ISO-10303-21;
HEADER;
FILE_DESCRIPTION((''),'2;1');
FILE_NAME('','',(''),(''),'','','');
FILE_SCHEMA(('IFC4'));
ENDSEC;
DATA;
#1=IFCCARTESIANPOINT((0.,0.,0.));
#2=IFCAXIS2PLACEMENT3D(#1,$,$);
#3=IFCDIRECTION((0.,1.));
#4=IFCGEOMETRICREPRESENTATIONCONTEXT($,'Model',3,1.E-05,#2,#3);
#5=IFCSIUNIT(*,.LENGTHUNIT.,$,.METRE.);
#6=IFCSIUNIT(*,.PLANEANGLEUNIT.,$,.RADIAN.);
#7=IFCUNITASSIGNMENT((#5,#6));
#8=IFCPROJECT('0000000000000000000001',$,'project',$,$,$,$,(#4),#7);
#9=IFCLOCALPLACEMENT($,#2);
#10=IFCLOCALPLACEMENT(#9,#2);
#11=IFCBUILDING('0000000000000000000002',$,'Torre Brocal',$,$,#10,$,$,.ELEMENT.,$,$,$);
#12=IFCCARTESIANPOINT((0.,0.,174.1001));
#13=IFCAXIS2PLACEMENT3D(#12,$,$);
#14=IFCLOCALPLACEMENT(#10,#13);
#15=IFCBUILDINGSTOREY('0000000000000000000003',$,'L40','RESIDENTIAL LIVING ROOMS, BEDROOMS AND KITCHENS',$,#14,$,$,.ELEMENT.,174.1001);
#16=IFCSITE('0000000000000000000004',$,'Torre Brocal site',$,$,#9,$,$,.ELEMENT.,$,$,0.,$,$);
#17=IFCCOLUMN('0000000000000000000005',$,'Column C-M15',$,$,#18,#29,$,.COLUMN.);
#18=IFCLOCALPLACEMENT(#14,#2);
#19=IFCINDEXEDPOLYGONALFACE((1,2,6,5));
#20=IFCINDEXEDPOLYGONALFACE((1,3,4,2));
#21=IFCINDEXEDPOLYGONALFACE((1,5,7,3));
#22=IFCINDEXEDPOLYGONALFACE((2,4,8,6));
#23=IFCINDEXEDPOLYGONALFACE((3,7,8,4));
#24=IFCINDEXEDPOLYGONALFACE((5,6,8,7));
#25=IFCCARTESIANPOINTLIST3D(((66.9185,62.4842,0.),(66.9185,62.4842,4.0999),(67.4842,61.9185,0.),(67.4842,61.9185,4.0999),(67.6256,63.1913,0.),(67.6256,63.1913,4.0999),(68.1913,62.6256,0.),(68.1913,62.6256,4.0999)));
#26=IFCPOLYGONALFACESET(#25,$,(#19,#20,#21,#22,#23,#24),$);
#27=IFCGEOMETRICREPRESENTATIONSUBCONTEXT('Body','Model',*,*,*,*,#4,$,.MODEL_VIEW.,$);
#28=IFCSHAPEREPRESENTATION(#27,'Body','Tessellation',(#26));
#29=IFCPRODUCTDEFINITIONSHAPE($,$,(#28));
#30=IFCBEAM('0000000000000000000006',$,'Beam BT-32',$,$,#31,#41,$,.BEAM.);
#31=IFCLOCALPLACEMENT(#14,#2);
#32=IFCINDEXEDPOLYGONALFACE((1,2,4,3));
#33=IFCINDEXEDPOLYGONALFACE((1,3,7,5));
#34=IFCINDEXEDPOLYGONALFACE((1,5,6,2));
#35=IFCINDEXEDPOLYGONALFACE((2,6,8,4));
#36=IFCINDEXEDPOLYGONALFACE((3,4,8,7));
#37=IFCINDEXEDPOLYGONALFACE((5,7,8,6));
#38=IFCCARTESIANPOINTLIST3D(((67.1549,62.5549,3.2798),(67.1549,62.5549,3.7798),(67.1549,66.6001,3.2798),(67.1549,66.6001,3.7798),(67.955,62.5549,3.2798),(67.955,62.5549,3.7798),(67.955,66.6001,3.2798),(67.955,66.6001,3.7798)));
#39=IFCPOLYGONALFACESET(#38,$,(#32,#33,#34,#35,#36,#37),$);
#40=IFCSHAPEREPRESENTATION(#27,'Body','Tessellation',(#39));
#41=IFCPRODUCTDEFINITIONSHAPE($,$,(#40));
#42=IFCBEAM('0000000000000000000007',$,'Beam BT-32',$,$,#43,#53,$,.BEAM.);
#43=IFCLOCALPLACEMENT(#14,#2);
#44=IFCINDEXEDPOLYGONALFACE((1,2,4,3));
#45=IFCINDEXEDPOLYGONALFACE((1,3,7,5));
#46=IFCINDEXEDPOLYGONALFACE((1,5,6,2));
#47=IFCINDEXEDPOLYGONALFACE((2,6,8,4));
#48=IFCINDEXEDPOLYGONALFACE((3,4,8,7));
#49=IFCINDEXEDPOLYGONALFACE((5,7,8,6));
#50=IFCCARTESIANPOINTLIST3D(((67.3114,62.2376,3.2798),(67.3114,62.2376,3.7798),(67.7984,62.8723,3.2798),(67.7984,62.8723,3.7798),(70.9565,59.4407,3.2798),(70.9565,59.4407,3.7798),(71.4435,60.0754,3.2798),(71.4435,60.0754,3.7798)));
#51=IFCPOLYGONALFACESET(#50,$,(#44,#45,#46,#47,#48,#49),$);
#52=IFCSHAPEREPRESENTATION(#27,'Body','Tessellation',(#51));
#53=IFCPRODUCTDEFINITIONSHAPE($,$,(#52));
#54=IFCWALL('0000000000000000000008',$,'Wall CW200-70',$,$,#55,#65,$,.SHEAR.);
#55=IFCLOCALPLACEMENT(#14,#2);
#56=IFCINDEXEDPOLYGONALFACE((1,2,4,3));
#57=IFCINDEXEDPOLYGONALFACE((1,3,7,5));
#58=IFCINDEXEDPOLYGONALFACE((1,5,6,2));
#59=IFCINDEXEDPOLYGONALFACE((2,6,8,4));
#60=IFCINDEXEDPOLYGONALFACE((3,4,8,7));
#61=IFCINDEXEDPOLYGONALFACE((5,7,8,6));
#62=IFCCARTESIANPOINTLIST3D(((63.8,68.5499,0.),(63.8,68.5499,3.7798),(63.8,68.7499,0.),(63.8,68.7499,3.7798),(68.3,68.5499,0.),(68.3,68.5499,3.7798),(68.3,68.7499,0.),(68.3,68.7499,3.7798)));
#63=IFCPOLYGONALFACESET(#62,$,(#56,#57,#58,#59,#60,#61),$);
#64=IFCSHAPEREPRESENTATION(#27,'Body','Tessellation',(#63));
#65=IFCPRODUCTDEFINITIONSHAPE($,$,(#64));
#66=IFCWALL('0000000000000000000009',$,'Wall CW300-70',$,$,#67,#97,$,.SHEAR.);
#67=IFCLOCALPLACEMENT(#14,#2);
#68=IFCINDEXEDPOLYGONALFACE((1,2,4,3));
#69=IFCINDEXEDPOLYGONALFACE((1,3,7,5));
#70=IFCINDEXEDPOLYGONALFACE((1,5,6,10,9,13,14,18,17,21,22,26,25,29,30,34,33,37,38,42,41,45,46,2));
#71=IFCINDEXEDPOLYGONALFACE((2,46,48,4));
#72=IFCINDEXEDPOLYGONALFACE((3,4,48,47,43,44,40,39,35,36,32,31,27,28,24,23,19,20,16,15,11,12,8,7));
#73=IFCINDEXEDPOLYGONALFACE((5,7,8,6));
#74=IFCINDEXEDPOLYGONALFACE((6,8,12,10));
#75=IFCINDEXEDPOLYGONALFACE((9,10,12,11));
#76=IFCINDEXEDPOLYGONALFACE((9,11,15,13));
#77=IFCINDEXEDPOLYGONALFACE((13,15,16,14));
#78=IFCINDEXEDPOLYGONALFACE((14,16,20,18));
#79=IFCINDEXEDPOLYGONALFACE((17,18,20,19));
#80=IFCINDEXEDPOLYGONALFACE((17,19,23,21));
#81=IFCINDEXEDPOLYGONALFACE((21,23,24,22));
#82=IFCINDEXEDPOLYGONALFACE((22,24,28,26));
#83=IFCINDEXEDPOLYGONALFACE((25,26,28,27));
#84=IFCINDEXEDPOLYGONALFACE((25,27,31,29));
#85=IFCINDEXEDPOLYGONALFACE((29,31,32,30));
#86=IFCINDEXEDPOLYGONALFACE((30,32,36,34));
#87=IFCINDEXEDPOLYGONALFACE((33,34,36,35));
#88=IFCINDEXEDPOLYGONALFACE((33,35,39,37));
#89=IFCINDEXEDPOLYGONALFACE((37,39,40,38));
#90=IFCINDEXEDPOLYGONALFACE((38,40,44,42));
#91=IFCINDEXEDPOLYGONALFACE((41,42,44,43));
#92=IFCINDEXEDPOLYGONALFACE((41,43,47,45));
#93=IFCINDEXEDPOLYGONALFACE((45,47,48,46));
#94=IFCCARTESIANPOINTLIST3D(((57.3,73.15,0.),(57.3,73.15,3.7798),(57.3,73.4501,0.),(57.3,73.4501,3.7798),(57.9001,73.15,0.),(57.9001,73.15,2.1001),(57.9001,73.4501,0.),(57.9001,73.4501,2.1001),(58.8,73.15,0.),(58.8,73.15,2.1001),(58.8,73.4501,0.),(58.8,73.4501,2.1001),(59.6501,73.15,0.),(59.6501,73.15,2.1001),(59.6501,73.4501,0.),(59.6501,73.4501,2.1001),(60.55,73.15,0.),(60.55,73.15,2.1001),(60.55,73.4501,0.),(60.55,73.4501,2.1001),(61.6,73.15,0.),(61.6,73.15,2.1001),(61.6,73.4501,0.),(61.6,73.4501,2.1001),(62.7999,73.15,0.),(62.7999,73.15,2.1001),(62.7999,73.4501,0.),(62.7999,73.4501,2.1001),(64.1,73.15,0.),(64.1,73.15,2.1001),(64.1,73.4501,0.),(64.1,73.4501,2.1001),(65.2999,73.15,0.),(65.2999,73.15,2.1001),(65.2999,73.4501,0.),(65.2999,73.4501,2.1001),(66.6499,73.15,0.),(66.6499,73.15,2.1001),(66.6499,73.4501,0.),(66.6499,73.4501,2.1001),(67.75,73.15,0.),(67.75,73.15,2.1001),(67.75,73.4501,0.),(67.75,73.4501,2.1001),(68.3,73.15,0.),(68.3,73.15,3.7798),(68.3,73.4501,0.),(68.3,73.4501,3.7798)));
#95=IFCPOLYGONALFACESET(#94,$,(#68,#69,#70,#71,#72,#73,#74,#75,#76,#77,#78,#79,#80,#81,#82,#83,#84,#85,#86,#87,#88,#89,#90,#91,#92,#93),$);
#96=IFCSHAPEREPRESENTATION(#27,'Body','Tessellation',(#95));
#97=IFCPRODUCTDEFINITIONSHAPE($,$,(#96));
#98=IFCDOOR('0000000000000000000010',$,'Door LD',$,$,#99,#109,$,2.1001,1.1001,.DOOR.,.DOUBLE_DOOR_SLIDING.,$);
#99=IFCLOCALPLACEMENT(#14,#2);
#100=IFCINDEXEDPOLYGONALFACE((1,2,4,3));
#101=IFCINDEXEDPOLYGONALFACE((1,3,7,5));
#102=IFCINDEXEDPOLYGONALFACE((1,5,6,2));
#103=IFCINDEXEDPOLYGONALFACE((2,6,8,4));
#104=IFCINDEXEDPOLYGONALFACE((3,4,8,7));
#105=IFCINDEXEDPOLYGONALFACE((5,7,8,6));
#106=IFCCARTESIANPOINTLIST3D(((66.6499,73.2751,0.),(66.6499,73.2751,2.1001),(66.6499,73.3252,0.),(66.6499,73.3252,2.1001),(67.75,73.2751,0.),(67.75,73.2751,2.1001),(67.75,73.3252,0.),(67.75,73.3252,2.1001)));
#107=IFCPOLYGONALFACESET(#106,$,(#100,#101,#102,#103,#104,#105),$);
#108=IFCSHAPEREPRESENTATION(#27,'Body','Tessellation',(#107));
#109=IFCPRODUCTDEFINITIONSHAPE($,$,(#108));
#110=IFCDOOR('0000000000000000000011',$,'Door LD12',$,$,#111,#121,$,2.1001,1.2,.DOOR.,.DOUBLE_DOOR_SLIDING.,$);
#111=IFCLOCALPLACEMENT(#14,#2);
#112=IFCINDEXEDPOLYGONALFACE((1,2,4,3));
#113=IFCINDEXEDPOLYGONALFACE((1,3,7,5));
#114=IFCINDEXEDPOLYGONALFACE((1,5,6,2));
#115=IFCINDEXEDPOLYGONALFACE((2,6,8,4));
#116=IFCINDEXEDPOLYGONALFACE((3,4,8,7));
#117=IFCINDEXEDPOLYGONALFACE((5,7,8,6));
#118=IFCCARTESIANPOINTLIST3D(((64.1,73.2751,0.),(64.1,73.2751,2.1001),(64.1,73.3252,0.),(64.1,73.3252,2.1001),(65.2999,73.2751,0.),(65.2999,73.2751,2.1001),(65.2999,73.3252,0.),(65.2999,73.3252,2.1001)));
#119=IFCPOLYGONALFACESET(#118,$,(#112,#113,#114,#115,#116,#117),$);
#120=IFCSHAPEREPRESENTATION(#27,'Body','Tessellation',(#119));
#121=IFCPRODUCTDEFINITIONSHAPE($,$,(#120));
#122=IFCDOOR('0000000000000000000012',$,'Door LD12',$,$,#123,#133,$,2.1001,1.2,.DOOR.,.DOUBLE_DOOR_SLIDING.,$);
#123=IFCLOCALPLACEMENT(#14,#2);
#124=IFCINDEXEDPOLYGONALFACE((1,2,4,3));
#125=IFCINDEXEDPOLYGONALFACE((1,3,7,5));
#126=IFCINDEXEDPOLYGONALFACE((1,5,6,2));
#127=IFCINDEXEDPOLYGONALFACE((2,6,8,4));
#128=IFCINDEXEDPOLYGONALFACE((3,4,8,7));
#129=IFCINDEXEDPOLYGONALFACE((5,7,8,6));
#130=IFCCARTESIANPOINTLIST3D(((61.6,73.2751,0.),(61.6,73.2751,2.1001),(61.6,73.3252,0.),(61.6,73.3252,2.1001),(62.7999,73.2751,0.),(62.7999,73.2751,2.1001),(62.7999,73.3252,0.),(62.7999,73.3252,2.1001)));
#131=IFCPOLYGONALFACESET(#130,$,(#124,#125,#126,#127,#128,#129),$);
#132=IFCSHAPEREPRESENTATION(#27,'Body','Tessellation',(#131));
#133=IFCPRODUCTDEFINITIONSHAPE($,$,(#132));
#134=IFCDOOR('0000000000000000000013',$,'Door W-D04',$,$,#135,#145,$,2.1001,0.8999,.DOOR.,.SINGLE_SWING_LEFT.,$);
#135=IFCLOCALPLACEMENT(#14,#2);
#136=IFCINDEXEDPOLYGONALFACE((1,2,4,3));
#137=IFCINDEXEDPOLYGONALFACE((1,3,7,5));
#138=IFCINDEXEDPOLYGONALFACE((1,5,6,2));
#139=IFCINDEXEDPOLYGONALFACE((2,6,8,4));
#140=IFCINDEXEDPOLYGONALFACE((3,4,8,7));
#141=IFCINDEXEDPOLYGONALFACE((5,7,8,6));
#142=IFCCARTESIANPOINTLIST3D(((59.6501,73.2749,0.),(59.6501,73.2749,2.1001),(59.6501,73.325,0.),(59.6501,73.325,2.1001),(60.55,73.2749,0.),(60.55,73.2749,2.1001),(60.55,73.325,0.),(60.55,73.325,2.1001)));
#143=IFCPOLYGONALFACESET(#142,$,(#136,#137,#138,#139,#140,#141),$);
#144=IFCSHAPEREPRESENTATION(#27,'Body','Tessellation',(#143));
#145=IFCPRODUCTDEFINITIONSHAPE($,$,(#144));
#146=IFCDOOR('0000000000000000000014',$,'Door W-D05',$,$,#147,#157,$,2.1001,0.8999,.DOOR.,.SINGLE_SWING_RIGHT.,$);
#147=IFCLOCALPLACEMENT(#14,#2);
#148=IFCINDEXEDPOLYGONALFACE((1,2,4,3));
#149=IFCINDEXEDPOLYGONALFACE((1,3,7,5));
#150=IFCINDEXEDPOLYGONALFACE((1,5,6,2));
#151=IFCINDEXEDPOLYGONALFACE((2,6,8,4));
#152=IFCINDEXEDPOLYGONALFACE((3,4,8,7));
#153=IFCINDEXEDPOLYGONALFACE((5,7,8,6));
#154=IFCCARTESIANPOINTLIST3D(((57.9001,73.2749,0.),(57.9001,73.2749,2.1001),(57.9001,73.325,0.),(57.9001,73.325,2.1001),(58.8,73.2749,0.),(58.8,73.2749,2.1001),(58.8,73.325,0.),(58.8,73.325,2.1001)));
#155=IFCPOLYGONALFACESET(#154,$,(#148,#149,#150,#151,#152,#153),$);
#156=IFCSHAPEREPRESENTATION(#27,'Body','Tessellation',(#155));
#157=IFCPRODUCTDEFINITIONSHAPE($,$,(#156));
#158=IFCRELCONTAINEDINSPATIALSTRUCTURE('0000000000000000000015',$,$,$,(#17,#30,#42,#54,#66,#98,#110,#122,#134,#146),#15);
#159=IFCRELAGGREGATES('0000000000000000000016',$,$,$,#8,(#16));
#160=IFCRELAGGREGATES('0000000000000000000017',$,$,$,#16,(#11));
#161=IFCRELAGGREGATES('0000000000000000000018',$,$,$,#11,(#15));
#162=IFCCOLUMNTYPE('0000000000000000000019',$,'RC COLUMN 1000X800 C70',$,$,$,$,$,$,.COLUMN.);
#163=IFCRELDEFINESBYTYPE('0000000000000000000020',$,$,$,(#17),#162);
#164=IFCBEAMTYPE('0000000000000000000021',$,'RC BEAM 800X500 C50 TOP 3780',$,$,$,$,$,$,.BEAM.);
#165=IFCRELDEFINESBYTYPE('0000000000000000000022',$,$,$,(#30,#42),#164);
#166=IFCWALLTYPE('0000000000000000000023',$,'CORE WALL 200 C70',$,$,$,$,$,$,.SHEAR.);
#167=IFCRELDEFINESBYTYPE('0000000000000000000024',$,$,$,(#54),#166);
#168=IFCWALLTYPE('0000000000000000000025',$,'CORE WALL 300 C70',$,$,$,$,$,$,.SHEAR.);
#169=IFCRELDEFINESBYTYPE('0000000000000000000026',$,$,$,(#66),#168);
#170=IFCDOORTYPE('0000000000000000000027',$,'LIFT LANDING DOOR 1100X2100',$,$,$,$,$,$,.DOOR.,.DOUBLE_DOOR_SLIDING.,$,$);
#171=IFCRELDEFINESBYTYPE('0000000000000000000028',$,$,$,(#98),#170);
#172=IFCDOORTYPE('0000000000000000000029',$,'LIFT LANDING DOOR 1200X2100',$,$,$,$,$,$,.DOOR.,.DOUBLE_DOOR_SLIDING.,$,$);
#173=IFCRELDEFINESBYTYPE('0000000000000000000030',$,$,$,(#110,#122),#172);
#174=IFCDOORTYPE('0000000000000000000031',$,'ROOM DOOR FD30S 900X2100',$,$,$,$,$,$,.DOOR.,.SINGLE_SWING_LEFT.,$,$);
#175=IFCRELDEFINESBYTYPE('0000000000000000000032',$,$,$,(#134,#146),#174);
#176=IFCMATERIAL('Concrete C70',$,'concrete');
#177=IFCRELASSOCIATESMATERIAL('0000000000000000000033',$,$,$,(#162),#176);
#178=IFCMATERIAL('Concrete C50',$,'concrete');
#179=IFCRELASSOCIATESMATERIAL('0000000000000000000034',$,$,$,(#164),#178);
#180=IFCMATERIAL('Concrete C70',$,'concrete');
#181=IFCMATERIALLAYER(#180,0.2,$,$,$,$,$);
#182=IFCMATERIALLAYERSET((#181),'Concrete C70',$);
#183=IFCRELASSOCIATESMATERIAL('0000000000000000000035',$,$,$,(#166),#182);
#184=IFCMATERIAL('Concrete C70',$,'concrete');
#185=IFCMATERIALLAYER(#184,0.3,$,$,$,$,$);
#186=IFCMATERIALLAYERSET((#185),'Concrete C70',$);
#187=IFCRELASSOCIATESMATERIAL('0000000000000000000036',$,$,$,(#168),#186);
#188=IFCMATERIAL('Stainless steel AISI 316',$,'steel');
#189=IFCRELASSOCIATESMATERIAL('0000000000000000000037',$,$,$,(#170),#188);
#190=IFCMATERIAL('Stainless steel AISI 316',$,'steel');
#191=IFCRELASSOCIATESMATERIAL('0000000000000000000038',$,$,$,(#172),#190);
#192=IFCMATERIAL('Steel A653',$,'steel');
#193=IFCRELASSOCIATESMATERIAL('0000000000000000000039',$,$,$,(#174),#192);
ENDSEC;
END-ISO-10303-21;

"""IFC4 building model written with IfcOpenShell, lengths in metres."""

from ifc_helpers import new_model, si_unit, direction, frame, frame_2d, origin, origin_2d, place, context, subcontext, project, spatial, rectangle, extrude, material, layer, layer_set, material_profile, profile_set, type_object, element, fill, save


model = new_model("IFC4")

# Units and contexts
model_context = context("Model", 3, precision=1e-05, world=origin(), true_north=direction((0.0, 1.0)))
body_context = subcontext(model_context, "Body", "Model", "MODEL_VIEW")
ifc_project = project(units=[si_unit("LENGTHUNIT", "METRE"), si_unit("PLANEANGLEUNIT", "RADIAN")], contexts=[model_context])

# Site, building, storey
site_placement = place(None, origin())
site = spatial("IfcSite", under=ifc_project, at=site_placement, Name="Torre Brocal site", CompositionType="ELEMENT", RefElevation=0.0)
building_placement = place(site_placement, origin())
building = spatial("IfcBuilding", under=site, at=building_placement, Name="Torre Brocal", CompositionType="ELEMENT")
storey_placement = place(building_placement, frame((0.0, 0.0, 174.1001)))
storey = spatial("IfcBuildingStorey", under=building, at=storey_placement, Name="L40", Description="RESIDENTIAL LIVING ROOMS, BEDROOMS AND KITCHENS", CompositionType="ELEMENT", Elevation=174.1001)

# Column
ifc_material_1 = material(Name="Concrete C70", Category="concrete")
ifc_material_profile_1 = material_profile(ifc_material_1, rectangle(XDim=1.0, YDim=0.8, at=origin_2d()), Name="RC 1000X800")
ifc_profile_set_1 = profile_set([ifc_material_profile_1], Name="Concrete C70")
column_type = type_object("IfcColumnType", Name="RC COLUMN 1000X800 C70", PredefinedType="COLUMN", material=ifc_profile_set_1)
column_placement = place(storey_placement, frame((67.5549, 62.5549, 0.0), z_axis=(0.0, 0.0, 1.0), x_axis=(-0.707107, -0.707107, 0.0)))
element("IfcColumn", 1, at=column_placement, inside=storey, type_object=column_type, Name="Column C-M15", PredefinedType="COLUMN", context=body_context, shape_type="SweptSolid", body=[
    extrude(rectangle(XDim=1.0, YDim=0.8, at=origin_2d()), origin(), (0.0, 0.0, 1.0), 4.0999),
])

# Beams
ifc_material_2 = material(Name="Concrete C50", Category="concrete")
ifc_material_profile_2 = material_profile(ifc_material_2, rectangle(XDim=0.8, YDim=0.5, at=origin_2d()), Name="RC 800X500")
ifc_profile_set_2 = profile_set([ifc_material_profile_2], Name="Concrete C50")
beam_type = type_object("IfcBeamType", Name="RC BEAM 800X500 C50 TOP 3780", PredefinedType="BEAM", material=ifc_profile_set_2)
beam_1_placement = place(storey_placement, frame((67.5549, 62.5549, 3.5298), z_axis=(0.0, 1.0, 0.0), x_axis=(-1.0, 0.0, 0.0)))
element("IfcBeam", 2, at=beam_1_placement, inside=storey, type_object=beam_type, Name="Beam BT-32", PredefinedType="BEAM", context=body_context, shape_type="SweptSolid", body=[
    extrude(rectangle(XDim=0.8, YDim=0.5, at=origin_2d()), origin(), (0.0, 0.0, 1.0), 4.0452),
])
beam_2_placement = place(storey_placement, frame((67.5549, 62.5549, 3.5298), z_axis=(0.793358, -0.608755, 0.0), x_axis=(0.608755, 0.793358, 0.0)))
element("IfcBeam", 3, at=beam_2_placement, inside=storey, type_object=beam_type, Name="Beam BT-32", PredefinedType="BEAM", context=body_context, shape_type="SweptSolid", body=[
    extrude(rectangle(XDim=0.8, YDim=0.5, at=origin_2d()), origin(), (0.0, 0.0, 1.0), 4.5945),
])

# Wall
ifc_material_3 = material(Name="Concrete C70", Category="concrete")
ifc_layer_1 = layer(ifc_material_3, 0.2)
ifc_layer_set_1 = layer_set([ifc_layer_1], Name="Concrete C70")
wall_type_1 = type_object("IfcWallType", Name="CORE WALL 200 C70", PredefinedType="SHEAR", material=ifc_layer_set_1)
wall_1_placement = place(storey_placement, frame((68.3, 68.6499, 0.0), z_axis=(0.0, 0.0, 1.0), x_axis=(-1.0, 0.0, 0.0)))
element("IfcWall", 4, at=wall_1_placement, inside=storey, type_object=wall_type_1, Name="Wall CW200-70", PredefinedType="SHEAR", context=body_context, shape_type="SweptSolid", body=[
    extrude(rectangle(XDim=4.5, YDim=0.2, at=frame_2d((2.25, 0.0))), origin(), (0.0, 0.0, 1.0), 3.7798),
])

# Wall, openings, doors
ifc_material_4 = material(Name="Concrete C70", Category="concrete")
ifc_layer_2 = layer(ifc_material_4, 0.3)
ifc_layer_set_2 = layer_set([ifc_layer_2], Name="Concrete C70")
wall_type_2 = type_object("IfcWallType", Name="CORE WALL 300 C70", PredefinedType="SHEAR", material=ifc_layer_set_2)
wall_2_placement = place(storey_placement, frame((68.3, 73.3, 0.0), z_axis=(0.0, 0.0, 1.0), x_axis=(-1.0, 0.0, 0.0)))
wall_2 = element("IfcWall", 5, at=wall_2_placement, inside=storey, type_object=wall_type_2, Name="Wall CW300-70", PredefinedType="SHEAR", context=body_context, shape_type="SweptSolid", body=[
    extrude(rectangle(XDim=11.0, YDim=0.3, at=frame_2d((5.5, 0.0))), origin(), (0.0, 0.0, 1.0), 3.7798),
])
opening_1_placement = place(wall_2_placement, frame((0.55, 0.0, 0.0)))
opening_1 = element("IfcOpeningElement", 6, at=opening_1_placement, cuts=wall_2, PredefinedType="OPENING", context=body_context, shape_type="SweptSolid", body=[
    extrude(rectangle(XDim=1.1001, YDim=2.1001, at=frame_2d((0.55, 1.05))), frame((0.0, 0.1599, 0.0), z_axis=(0.0, -1.0, 0.0), x_axis=(1.0, 0.0, 0.0)), (0.0, 0.0, 1.0), 0.3201),
])
opening_2_placement = place(wall_2_placement, frame((3.0, 0.0, 0.0)))
opening_2 = element("IfcOpeningElement", 7, at=opening_2_placement, cuts=wall_2, PredefinedType="OPENING", context=body_context, shape_type="SweptSolid", body=[
    extrude(rectangle(XDim=1.2, YDim=2.1001, at=frame_2d((0.6001, 1.05))), frame((0.0, 0.1599, 0.0), z_axis=(0.0, -1.0, 0.0), x_axis=(1.0, 0.0, 0.0)), (0.0, 0.0, 1.0), 0.3201),
])
opening_3_placement = place(wall_2_placement, frame((5.5, 0.0, 0.0)))
opening_3 = element("IfcOpeningElement", 8, at=opening_3_placement, cuts=wall_2, PredefinedType="OPENING", context=body_context, shape_type="SweptSolid", body=[
    extrude(rectangle(XDim=1.2, YDim=2.1001, at=frame_2d((0.6001, 1.05))), frame((0.0, 0.1599, 0.0), z_axis=(0.0, -1.0, 0.0), x_axis=(1.0, 0.0, 0.0)), (0.0, 0.0, 1.0), 0.3201),
])
opening_4_placement = place(wall_2_placement, frame((7.75, 0.0, 0.0)))
opening_4 = element("IfcOpeningElement", 9, at=opening_4_placement, cuts=wall_2, PredefinedType="OPENING", context=body_context, shape_type="SweptSolid", body=[
    extrude(rectangle(XDim=0.8999, YDim=2.1001, at=frame_2d((0.45, 1.05))), frame((0.0, 0.1599, 0.0), z_axis=(0.0, -1.0, 0.0), x_axis=(1.0, 0.0, 0.0)), (0.0, 0.0, 1.0), 0.3201),
])
opening_5_placement = place(wall_2_placement, frame((9.5, 0.0, 0.0)))
opening_5 = element("IfcOpeningElement", 10, at=opening_5_placement, cuts=wall_2, PredefinedType="OPENING", context=body_context, shape_type="SweptSolid", body=[
    extrude(rectangle(XDim=0.8999, YDim=2.1001, at=frame_2d((0.45, 1.05))), frame((0.0, 0.1599, 0.0), z_axis=(0.0, -1.0, 0.0), x_axis=(1.0, 0.0, 0.0)), (0.0, 0.0, 1.0), 0.3201),
])
ifc_material_5 = material(Name="Stainless steel AISI 316", Category="steel")
door_type_1 = type_object("IfcDoorType", Name="LIFT LANDING DOOR 1100X2100", OperationType="DOUBLE_DOOR_SLIDING", PredefinedType="DOOR", material=ifc_material_5)
door_1_placement = place(opening_1_placement, origin())
door_1 = element("IfcDoor", 11, at=door_1_placement, inside=storey, type_object=door_type_1, Name="Door LD", OperationType="DOUBLE_DOOR_SLIDING", OverallHeight=2.1001, OverallWidth=1.1001, PredefinedType="DOOR", context=body_context, shape_type="SweptSolid", body=[
    extrude(rectangle(XDim=1.1001, YDim=2.1001, at=frame_2d((0.55, 1.05))), frame((0.0, 0.0249, 0.0), z_axis=(0.0, -1.0, 0.0), x_axis=(1.0, 0.0, 0.0)), (0.0, 0.0, 1.0), 0.05),
])
fill(opening_1, door_1)
ifc_material_6 = material(Name="Stainless steel AISI 316", Category="steel")
door_type_2 = type_object("IfcDoorType", Name="LIFT LANDING DOOR 1200X2100", OperationType="DOUBLE_DOOR_SLIDING", PredefinedType="DOOR", material=ifc_material_6)
door_2_placement = place(opening_2_placement, origin())
door_2 = element("IfcDoor", 12, at=door_2_placement, inside=storey, type_object=door_type_2, Name="Door LD12", OperationType="DOUBLE_DOOR_SLIDING", OverallHeight=2.1001, OverallWidth=1.2, PredefinedType="DOOR", context=body_context, shape_type="SweptSolid", body=[
    extrude(rectangle(XDim=1.2, YDim=2.1001, at=frame_2d((0.6001, 1.05))), frame((0.0, 0.0249, 0.0), z_axis=(0.0, -1.0, 0.0), x_axis=(1.0, 0.0, 0.0)), (0.0, 0.0, 1.0), 0.05),
])
fill(opening_2, door_2)
door_3_placement = place(opening_3_placement, origin())
door_3 = element("IfcDoor", 13, at=door_3_placement, inside=storey, type_object=door_type_2, Name="Door LD12", OperationType="DOUBLE_DOOR_SLIDING", OverallHeight=2.1001, OverallWidth=1.2, PredefinedType="DOOR", context=body_context, shape_type="SweptSolid", body=[
    extrude(rectangle(XDim=1.2, YDim=2.1001, at=frame_2d((0.6001, 1.05))), frame((0.0, 0.0249, 0.0), z_axis=(0.0, -1.0, 0.0), x_axis=(1.0, 0.0, 0.0)), (0.0, 0.0, 1.0), 0.05),
])
fill(opening_3, door_3)
ifc_material_7 = material(Name="Steel A653", Category="steel")
door_type_3 = type_object("IfcDoorType", Name="ROOM DOOR FD30S 900X2100", OperationType="SINGLE_SWING_LEFT", PredefinedType="DOOR", material=ifc_material_7)
door_4_placement = place(opening_4_placement, frame((0.8999, 0.0, 0.0), z_axis=(0.0, 0.0, 1.0), x_axis=(-1.0, 0.0, 0.0)))
door_4 = element("IfcDoor", 14, at=door_4_placement, inside=storey, type_object=door_type_3, Name="Door W-D04", OperationType="SINGLE_SWING_LEFT", OverallHeight=2.1001, OverallWidth=0.8999, PredefinedType="DOOR", context=body_context, shape_type="SweptSolid", body=[
    extrude(rectangle(XDim=0.8999, YDim=2.1001, at=frame_2d((0.45, 1.05))), frame((0.0, 0.0249, 0.0), z_axis=(0.0, -1.0, 0.0), x_axis=(1.0, 0.0, 0.0)), (0.0, 0.0, 1.0), 0.05),
])
fill(opening_4, door_4)
door_5_placement = place(opening_5_placement, frame((0.8999, 0.0, 0.0), z_axis=(0.0, 0.0, 1.0), x_axis=(-1.0, 0.0, 0.0)))
door_5 = element("IfcDoor", 15, at=door_5_placement, inside=storey, type_object=door_type_3, Name="Door W-D05", OperationType="SINGLE_SWING_RIGHT", OverallHeight=2.1001, OverallWidth=0.8999, PredefinedType="DOOR", context=body_context, shape_type="SweptSolid", body=[
    extrude(rectangle(XDim=0.8999, YDim=2.1001, at=frame_2d((0.45, 1.05))), frame((0.0, 0.0249, 0.0), z_axis=(0.0, -1.0, 0.0), x_axis=(1.0, 0.0, 0.0)), (0.0, 0.0, 1.0), 0.05),
])
fill(opening_5, door_5)

save(model, "model.ifc")
